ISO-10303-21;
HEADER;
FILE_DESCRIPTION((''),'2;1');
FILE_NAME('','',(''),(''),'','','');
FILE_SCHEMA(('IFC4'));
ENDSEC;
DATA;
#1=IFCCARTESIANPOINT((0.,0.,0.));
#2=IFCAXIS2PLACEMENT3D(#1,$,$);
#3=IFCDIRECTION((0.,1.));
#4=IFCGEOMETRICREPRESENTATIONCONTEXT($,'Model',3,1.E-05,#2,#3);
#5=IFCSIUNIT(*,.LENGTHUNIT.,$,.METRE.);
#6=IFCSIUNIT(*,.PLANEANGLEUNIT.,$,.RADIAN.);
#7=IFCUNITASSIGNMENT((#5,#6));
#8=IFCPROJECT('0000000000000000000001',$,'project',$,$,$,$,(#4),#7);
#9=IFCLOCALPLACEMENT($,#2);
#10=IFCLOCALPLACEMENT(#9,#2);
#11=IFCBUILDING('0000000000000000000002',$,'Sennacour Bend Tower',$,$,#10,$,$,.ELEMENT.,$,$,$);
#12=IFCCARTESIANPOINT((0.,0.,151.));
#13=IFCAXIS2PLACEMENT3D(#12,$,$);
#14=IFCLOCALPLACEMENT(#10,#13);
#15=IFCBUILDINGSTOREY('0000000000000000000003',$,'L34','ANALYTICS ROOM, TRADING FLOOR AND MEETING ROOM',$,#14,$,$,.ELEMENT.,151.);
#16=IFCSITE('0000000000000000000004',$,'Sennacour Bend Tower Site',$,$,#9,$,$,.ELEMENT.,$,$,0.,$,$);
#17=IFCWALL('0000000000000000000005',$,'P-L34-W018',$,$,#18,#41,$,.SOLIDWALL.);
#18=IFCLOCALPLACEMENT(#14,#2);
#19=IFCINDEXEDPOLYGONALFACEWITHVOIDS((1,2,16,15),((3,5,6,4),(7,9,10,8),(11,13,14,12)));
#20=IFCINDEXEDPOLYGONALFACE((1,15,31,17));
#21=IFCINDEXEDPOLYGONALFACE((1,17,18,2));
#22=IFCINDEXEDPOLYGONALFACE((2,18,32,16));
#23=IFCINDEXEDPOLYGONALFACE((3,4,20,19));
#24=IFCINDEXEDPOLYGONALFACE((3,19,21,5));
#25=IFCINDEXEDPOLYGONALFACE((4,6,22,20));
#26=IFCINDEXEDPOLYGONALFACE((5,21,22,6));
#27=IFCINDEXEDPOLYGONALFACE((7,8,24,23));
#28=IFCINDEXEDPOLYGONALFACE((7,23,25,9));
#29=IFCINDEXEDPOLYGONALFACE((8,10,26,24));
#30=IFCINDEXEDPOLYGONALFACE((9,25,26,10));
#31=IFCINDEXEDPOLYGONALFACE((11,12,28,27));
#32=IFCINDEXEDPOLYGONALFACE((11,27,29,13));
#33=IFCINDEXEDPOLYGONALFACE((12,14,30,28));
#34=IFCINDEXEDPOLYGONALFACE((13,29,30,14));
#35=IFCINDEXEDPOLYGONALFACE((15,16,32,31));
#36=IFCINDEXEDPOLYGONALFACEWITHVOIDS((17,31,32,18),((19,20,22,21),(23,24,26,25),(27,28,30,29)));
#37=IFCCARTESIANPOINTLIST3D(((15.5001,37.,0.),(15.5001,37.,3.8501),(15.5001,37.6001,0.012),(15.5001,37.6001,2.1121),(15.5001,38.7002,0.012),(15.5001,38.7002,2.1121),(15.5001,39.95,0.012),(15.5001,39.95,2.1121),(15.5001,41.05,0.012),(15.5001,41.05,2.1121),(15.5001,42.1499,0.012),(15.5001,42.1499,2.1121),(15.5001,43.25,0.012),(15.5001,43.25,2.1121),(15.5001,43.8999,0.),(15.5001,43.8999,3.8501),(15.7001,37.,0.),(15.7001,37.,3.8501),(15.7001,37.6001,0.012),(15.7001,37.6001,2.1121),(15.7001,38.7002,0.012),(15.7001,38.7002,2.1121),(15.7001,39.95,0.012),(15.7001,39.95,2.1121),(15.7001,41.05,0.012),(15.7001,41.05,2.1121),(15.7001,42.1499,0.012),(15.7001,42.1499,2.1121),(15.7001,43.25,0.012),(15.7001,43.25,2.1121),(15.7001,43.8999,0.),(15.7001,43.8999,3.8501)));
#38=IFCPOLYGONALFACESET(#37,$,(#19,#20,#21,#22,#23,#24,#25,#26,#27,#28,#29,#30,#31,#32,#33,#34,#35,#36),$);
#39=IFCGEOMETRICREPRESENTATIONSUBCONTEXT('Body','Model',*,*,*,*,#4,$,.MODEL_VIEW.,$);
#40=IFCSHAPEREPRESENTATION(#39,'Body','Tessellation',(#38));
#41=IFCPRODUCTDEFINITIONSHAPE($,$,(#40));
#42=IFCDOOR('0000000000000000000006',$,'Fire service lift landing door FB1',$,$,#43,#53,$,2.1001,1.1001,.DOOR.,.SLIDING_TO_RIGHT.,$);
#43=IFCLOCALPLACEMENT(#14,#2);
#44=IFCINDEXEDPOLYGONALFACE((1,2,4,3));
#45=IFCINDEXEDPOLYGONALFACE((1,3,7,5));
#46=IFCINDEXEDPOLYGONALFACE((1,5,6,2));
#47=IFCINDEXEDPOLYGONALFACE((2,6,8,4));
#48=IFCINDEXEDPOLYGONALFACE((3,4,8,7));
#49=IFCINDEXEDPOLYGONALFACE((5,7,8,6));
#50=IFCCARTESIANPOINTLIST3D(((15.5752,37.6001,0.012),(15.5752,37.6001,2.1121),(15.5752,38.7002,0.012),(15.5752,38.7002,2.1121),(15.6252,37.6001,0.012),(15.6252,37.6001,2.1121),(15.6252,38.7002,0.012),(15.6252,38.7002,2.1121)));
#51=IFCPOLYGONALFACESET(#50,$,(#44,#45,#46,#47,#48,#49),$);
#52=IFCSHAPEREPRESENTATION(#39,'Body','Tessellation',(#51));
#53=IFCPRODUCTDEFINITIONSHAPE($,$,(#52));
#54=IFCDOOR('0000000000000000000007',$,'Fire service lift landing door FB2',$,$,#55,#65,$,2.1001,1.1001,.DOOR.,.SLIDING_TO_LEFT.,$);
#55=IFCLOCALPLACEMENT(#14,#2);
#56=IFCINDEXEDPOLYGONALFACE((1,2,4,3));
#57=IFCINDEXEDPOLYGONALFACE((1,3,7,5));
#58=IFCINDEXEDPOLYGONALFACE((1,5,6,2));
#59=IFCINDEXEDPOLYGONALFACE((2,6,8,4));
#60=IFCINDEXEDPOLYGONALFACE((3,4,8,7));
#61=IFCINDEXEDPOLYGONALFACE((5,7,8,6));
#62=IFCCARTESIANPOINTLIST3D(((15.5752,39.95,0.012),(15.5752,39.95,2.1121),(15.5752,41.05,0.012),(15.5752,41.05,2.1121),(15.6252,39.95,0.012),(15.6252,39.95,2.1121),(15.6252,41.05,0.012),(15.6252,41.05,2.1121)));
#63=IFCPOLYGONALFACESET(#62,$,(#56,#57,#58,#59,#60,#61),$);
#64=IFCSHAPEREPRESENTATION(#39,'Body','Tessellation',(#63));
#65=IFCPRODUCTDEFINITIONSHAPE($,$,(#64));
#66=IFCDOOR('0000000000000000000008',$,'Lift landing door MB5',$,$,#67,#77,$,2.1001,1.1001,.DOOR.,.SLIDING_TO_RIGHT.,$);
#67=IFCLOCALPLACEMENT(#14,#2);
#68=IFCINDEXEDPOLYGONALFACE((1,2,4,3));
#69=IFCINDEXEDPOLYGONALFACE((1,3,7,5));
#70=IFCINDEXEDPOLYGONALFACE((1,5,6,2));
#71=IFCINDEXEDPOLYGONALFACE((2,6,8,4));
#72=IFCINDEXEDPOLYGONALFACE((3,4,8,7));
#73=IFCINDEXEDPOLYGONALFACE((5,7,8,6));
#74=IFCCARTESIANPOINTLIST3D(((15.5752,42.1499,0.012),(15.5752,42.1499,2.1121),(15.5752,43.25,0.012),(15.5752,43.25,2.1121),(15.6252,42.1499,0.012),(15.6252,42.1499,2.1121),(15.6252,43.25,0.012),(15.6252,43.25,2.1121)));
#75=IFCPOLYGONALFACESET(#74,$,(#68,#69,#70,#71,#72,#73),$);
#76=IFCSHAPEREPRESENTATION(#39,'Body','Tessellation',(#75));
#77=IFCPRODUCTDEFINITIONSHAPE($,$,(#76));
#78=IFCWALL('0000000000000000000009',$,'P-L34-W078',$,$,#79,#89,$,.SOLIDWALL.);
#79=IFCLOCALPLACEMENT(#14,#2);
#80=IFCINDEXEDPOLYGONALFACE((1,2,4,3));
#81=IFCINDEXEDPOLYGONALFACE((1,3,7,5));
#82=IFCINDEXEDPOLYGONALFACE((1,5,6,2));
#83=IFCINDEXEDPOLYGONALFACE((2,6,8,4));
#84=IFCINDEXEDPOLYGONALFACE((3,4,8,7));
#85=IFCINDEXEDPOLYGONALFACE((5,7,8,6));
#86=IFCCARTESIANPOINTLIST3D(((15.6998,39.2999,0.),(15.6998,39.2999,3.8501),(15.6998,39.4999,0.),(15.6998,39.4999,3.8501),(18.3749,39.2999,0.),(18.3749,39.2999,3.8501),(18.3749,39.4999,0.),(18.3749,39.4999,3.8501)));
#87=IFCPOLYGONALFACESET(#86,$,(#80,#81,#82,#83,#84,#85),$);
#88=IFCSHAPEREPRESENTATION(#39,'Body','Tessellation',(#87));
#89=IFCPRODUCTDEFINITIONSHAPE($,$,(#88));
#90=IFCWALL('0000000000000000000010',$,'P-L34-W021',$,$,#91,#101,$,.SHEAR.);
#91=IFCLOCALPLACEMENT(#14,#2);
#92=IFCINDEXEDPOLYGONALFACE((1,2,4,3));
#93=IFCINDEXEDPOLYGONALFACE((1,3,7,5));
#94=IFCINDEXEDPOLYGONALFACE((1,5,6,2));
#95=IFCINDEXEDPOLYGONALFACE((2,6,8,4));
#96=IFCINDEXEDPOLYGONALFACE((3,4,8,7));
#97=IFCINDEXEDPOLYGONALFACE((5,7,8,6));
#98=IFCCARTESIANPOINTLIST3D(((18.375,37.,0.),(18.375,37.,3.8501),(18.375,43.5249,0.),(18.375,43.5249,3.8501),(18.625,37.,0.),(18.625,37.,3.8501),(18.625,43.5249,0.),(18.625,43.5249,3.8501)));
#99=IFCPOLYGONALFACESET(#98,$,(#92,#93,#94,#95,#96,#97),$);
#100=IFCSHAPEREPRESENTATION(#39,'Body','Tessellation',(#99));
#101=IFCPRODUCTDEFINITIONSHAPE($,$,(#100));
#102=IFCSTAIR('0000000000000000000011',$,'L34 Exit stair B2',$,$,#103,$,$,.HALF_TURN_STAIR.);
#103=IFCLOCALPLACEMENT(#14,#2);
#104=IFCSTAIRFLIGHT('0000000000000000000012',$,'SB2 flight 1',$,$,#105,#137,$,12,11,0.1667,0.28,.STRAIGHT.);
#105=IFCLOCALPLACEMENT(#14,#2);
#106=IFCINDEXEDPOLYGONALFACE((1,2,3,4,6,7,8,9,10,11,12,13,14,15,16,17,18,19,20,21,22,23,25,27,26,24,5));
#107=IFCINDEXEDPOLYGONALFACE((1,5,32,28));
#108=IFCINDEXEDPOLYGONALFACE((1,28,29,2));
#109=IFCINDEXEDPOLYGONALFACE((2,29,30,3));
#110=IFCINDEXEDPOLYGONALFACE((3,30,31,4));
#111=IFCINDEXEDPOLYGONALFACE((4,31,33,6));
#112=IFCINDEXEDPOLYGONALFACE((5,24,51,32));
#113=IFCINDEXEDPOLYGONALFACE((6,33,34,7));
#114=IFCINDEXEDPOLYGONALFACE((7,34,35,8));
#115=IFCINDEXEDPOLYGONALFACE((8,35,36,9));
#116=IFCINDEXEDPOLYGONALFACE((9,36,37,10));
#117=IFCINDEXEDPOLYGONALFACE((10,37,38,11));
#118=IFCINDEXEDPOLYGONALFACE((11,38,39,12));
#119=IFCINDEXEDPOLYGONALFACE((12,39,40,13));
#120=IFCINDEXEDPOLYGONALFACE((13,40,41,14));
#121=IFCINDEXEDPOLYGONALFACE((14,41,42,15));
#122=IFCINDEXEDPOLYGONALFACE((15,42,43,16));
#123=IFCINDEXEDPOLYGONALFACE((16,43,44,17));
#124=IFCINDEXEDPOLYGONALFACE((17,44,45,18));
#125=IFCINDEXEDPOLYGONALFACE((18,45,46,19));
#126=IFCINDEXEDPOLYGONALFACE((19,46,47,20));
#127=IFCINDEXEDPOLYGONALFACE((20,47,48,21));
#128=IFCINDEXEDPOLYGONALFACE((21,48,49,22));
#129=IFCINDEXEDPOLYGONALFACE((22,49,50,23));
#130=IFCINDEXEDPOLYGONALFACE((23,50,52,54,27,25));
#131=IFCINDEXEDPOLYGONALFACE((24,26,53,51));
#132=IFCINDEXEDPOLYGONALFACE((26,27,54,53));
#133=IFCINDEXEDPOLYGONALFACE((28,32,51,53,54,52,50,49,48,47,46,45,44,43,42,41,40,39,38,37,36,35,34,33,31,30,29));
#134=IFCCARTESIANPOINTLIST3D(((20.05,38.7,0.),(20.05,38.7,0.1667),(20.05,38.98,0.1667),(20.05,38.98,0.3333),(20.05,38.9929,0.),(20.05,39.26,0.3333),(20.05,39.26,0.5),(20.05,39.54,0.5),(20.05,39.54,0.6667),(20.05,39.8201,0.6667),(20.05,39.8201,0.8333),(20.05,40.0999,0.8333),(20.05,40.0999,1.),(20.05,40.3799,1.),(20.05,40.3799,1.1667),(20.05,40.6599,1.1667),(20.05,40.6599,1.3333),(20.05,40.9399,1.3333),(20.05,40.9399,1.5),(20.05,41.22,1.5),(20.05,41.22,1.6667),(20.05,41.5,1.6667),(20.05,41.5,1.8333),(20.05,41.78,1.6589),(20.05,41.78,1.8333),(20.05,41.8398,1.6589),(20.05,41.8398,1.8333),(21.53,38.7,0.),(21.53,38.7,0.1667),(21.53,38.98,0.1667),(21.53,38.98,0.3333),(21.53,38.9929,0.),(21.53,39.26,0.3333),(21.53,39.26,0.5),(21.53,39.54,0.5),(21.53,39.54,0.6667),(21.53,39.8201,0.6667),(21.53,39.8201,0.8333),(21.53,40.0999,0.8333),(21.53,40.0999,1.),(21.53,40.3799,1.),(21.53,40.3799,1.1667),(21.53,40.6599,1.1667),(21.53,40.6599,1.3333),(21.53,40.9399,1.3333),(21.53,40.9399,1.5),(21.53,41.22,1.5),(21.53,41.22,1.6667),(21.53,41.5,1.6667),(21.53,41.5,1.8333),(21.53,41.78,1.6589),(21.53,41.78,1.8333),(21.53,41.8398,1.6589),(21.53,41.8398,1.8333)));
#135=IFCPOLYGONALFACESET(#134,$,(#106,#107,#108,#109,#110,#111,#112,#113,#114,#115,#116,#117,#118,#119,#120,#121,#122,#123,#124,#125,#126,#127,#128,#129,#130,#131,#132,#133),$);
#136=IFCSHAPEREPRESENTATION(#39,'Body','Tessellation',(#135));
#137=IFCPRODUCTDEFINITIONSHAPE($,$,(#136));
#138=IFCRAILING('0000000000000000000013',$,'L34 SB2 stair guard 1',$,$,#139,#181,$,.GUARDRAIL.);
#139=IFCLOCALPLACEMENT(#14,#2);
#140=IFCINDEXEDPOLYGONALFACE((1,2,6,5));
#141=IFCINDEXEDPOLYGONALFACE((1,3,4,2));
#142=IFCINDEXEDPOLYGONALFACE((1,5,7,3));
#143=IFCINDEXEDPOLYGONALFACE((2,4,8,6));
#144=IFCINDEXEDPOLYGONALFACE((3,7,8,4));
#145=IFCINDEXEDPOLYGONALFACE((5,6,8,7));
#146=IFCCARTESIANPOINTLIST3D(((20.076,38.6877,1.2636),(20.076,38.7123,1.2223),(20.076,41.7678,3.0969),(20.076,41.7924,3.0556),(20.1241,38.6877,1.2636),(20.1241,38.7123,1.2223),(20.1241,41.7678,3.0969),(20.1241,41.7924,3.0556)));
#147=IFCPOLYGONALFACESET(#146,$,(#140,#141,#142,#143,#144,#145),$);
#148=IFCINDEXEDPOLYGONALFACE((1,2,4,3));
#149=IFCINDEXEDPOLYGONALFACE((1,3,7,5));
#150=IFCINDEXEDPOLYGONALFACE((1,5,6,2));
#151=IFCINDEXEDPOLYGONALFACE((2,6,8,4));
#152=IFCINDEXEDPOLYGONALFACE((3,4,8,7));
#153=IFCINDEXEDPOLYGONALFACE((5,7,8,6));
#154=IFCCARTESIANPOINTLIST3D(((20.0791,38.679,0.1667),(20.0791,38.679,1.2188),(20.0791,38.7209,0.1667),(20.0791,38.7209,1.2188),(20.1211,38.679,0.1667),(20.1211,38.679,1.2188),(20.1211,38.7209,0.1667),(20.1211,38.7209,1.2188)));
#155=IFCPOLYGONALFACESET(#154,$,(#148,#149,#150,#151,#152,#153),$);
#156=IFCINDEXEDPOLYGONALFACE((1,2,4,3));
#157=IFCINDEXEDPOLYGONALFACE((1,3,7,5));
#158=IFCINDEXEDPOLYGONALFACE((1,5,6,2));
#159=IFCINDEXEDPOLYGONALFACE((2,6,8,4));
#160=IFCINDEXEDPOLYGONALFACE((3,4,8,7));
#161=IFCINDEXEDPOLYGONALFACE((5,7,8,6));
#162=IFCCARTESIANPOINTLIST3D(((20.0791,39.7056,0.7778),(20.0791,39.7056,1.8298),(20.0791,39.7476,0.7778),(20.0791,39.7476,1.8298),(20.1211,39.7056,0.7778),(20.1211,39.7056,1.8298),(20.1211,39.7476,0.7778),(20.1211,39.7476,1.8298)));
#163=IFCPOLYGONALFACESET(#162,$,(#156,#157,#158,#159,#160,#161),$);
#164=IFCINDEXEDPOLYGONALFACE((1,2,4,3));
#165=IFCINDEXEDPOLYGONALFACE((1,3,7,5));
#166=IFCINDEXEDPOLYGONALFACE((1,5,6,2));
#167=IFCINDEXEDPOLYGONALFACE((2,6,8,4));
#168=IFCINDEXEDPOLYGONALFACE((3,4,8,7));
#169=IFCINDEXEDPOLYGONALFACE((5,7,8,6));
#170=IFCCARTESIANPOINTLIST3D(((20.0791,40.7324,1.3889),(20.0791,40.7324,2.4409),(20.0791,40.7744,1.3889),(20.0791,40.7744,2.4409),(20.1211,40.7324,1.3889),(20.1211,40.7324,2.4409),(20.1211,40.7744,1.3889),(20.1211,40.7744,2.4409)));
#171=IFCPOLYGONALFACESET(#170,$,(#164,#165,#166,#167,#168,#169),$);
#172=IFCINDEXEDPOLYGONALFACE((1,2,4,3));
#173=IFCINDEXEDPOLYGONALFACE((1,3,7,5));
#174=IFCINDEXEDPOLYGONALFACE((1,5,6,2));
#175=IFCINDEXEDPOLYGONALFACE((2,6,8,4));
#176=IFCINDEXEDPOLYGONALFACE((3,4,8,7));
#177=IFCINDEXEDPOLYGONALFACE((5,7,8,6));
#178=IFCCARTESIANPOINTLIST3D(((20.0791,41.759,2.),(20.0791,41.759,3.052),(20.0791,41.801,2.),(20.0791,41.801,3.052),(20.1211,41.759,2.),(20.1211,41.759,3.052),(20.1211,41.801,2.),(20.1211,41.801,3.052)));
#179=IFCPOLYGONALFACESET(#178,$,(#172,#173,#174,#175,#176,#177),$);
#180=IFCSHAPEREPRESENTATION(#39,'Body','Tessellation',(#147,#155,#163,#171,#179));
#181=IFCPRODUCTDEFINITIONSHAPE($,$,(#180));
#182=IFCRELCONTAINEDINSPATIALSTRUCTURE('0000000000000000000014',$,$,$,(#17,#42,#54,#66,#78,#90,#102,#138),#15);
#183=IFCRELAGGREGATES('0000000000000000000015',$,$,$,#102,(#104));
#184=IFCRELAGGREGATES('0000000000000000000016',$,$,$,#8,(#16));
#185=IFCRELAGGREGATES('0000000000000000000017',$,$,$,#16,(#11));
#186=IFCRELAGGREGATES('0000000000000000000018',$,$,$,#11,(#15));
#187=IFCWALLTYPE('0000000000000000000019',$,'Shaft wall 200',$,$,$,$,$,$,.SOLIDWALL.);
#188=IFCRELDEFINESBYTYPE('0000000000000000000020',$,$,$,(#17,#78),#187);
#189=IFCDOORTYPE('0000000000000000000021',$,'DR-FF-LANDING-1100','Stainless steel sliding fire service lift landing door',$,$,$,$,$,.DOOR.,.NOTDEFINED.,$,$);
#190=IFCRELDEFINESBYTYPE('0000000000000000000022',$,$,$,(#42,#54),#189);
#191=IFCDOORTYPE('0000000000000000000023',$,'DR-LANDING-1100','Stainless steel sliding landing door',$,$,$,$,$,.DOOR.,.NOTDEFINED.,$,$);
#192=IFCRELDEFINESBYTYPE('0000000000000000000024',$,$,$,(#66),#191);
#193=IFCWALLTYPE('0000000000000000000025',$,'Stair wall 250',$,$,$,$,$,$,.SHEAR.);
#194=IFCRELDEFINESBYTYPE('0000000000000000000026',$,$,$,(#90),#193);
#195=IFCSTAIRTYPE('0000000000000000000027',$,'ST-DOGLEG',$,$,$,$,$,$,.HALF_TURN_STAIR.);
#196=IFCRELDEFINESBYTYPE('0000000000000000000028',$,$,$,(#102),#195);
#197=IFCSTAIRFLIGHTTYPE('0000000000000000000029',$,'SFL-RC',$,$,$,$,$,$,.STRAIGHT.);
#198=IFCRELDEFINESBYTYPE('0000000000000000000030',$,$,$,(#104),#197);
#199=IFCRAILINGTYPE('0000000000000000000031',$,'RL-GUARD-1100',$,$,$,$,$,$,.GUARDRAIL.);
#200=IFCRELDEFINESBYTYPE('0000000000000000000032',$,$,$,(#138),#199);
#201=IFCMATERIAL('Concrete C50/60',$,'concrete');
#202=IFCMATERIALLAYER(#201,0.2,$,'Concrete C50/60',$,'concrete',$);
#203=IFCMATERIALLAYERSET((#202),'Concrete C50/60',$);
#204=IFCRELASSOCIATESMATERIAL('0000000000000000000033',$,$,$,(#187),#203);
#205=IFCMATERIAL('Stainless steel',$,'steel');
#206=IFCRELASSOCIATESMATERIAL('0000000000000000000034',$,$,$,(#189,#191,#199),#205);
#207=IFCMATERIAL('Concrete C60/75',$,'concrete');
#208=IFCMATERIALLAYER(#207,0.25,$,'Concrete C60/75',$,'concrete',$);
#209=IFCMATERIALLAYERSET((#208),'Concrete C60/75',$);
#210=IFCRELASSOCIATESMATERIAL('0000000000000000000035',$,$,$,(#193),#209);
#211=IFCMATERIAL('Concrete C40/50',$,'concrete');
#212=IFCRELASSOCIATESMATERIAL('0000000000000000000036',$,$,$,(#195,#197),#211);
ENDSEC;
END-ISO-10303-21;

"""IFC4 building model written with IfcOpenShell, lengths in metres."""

from ifc_helpers import new_model, si_unit, direction, frame, frame_2d, origin, origin_2d, place, context, subcontext, project, spatial, polyline, rectangle, outline, extrude, material, layer, layer_set, type_object, element, fill, aggregate, save


model = new_model("IFC4")

# Units and contexts
model_context = context("Model", 3, precision=1e-05, world=origin(), true_north=direction((0.0, 1.0)))
body_context = subcontext(model_context, "Body", "Model", "MODEL_VIEW")
ifc_project = project(units=[si_unit("LENGTHUNIT", "METRE"), si_unit("PLANEANGLEUNIT", "RADIAN")], contexts=[model_context])

# Site, building, storey
site_placement = place(None, origin())
site = spatial("IfcSite", under=ifc_project, at=site_placement, Name="Sennacour Bend Tower Site", CompositionType="ELEMENT", RefElevation=0.0)
building_placement = place(site_placement, origin())
building = spatial("IfcBuilding", under=site, at=building_placement, Name="Sennacour Bend Tower", CompositionType="ELEMENT")
storey_placement = place(building_placement, frame((0.0, 0.0, 151.0)))
storey = spatial("IfcBuildingStorey", under=building, at=storey_placement, Name="L34", Description="ANALYTICS ROOM, TRADING FLOOR AND MEETING ROOM", CompositionType="ELEMENT", Elevation=151.0)

# Shared definitions
ifc_material_1 = material(Name="Concrete C60/75", Category="concrete")

# Shared definitions
ifc_material_2 = material(Name="Concrete C50/60", Category="concrete")
ifc_layer_1 = layer(ifc_material_2, 0.2, Name="Concrete C50/60", Category="concrete")
ifc_layer_set_1 = layer_set([ifc_layer_1], Name="Concrete C50/60")
wall_type_1 = type_object("IfcWallType", Name="Shaft wall 200", PredefinedType="SOLIDWALL", material=ifc_layer_set_1)

# Wall, openings, doors
wall_1_placement = place(storey_placement, frame((15.6001, 37.0, 0.0), z_axis=(0.0, 0.0, 1.0), x_axis=(0.0, 1.0, 0.0)))
wall_1 = element("IfcWall", 1, at=wall_1_placement, inside=storey, type_object=wall_type_1, Name="P-L34-W018", PredefinedType="SOLIDWALL", context=body_context, shape_type="SweptSolid", body=[
    extrude(rectangle(XDim=6.8999, YDim=0.2, at=frame_2d((3.45, 0.0))), origin(), (0.0, 0.0, 1.0), 3.8501),
])
opening_1_placement = place(wall_1_placement, frame((0.6001, 0.0, 0.012)))
opening_1 = element("IfcOpeningElement", 2, at=opening_1_placement, cuts=wall_1, PredefinedType="OPENING", context=body_context, shape_type="SweptSolid", body=[
    extrude(rectangle(XDim=1.1001, YDim=2.1001, at=frame_2d((0.55, 1.05))), frame((0.0, 0.1099, 0.0), z_axis=(0.0, -1.0, 0.0), x_axis=(1.0, 0.0, 0.0)), (0.0, 0.0, 1.0), 0.22),
])
opening_2_placement = place(wall_1_placement, frame((2.95, 0.0, 0.012)))
opening_2 = element("IfcOpeningElement", 3, at=opening_2_placement, cuts=wall_1, PredefinedType="OPENING", context=body_context, shape_type="SweptSolid", body=[
    extrude(rectangle(XDim=1.1001, YDim=2.1001, at=frame_2d((0.55, 1.05))), frame((0.0, 0.1099, 0.0), z_axis=(0.0, -1.0, 0.0), x_axis=(1.0, 0.0, 0.0)), (0.0, 0.0, 1.0), 0.22),
])
opening_3_placement = place(wall_1_placement, frame((5.1499, 0.0, 0.012)))
opening_3 = element("IfcOpeningElement", 4, at=opening_3_placement, cuts=wall_1, PredefinedType="OPENING", context=body_context, shape_type="SweptSolid", body=[
    extrude(rectangle(XDim=1.1001, YDim=2.1001, at=frame_2d((0.55, 1.05))), frame((0.0, 0.1099, 0.0), z_axis=(0.0, -1.0, 0.0), x_axis=(1.0, 0.0, 0.0)), (0.0, 0.0, 1.0), 0.22),
])
ifc_material_3 = material(Name="Stainless steel", Category="steel")
door_type_1 = type_object("IfcDoorType", Name="DR-FF-LANDING-1100", Description="Stainless steel sliding fire service lift landing door", OperationType="NOTDEFINED", PredefinedType="DOOR", material=ifc_material_3)
door_1_placement = place(opening_1_placement, origin())
door_1 = element("IfcDoor", 5, at=door_1_placement, inside=storey, type_object=door_type_1, Name="Fire service lift landing door FB1", OperationType="SLIDING_TO_RIGHT", OverallHeight=2.1001, OverallWidth=1.1001, PredefinedType="DOOR", context=body_context, shape_type="SweptSolid", body=[
    extrude(rectangle(XDim=1.1001, YDim=2.1001, at=frame_2d((0.55, 1.05))), frame((0.0, 0.0249, 0.0), z_axis=(0.0, -1.0, 0.0), x_axis=(1.0, 0.0, 0.0)), (0.0, 0.0, 1.0), 0.05),
])
fill(opening_1, door_1)
door_2_placement = place(opening_2_placement, origin())
door_2 = element("IfcDoor", 6, at=door_2_placement, inside=storey, type_object=door_type_1, Name="Fire service lift landing door FB2", OperationType="SLIDING_TO_LEFT", OverallHeight=2.1001, OverallWidth=1.1001, PredefinedType="DOOR", context=body_context, shape_type="SweptSolid", body=[
    extrude(rectangle(XDim=1.1001, YDim=2.1001, at=frame_2d((0.55, 1.05))), frame((0.0, 0.0249, 0.0), z_axis=(0.0, -1.0, 0.0), x_axis=(1.0, 0.0, 0.0)), (0.0, 0.0, 1.0), 0.05),
])
fill(opening_2, door_2)
door_type_2 = type_object("IfcDoorType", Name="DR-LANDING-1100", Description="Stainless steel sliding landing door", OperationType="NOTDEFINED", PredefinedType="DOOR", material=ifc_material_3)
door_3_placement = place(opening_3_placement, origin())
door_3 = element("IfcDoor", 7, at=door_3_placement, inside=storey, type_object=door_type_2, Name="Lift landing door MB5", OperationType="SLIDING_TO_RIGHT", OverallHeight=2.1001, OverallWidth=1.1001, PredefinedType="DOOR", context=body_context, shape_type="SweptSolid", body=[
    extrude(rectangle(XDim=1.1001, YDim=2.1001, at=frame_2d((0.55, 1.05))), frame((0.0, 0.0249, 0.0), z_axis=(0.0, -1.0, 0.0), x_axis=(1.0, 0.0, 0.0)), (0.0, 0.0, 1.0), 0.05),
])
fill(opening_3, door_3)

# Walls
wall_2_placement = place(storey_placement, frame((15.7, 39.3999, 0.0), z_axis=(0.0, 0.0, 1.0), x_axis=(1.0, 0.0, 0.0)))
element("IfcWall", 8, at=wall_2_placement, inside=storey, type_object=wall_type_1, Name="P-L34-W078", PredefinedType="SOLIDWALL", context=body_context, shape_type="SweptSolid", body=[
    extrude(rectangle(XDim=2.675, YDim=0.2, at=frame_2d((1.3374, 0.0))), origin(), (0.0, 0.0, 1.0), 3.8501),
])
ifc_layer_2 = layer(ifc_material_1, 0.25, Name="Concrete C60/75", Category="concrete")
ifc_layer_set_2 = layer_set([ifc_layer_2], Name="Concrete C60/75")
wall_type_2 = type_object("IfcWallType", Name="Stair wall 250", PredefinedType="SHEAR", material=ifc_layer_set_2)
wall_3_placement = place(storey_placement, frame((18.5, 37.0, 0.0), z_axis=(0.0, 0.0, 1.0), x_axis=(0.0, 1.0, 0.0)))
element("IfcWall", 9, at=wall_3_placement, inside=storey, type_object=wall_type_2, Name="P-L34-W021", PredefinedType="SHEAR", context=body_context, shape_type="SweptSolid", body=[
    extrude(rectangle(XDim=6.5249, YDim=0.25, at=frame_2d((3.2625, 0.0))), origin(), (0.0, 0.0, 1.0), 3.8501),
])

# Stair, stair flight
ifc_material_4 = material(Name="Concrete C40/50", Category="concrete")
stair_type = type_object("IfcStairType", Name="ST-DOGLEG", PredefinedType="HALF_TURN_STAIR", material=ifc_material_4)
stair_placement = place(storey_placement, origin())
stair = element("IfcStair", 10, at=stair_placement, inside=storey, type_object=stair_type, Name="L34 Exit stair B2", PredefinedType="HALF_TURN_STAIR")
stair_flight_type = type_object("IfcStairFlightType", Name="SFL-RC", PredefinedType="STRAIGHT", material=ifc_material_4)
stair_flight_placement = place(storey_placement, frame((20.79, 38.7, 0.0), z_axis=(0.0, 0.0, 1.0), x_axis=(0.0, 1.0, 0.0)))
stair_flight = element("IfcStairFlight", 11, at=stair_flight_placement, type_object=stair_flight_type, Name="SB2 flight 1", NumberOfRisers=12, NumberOfTreads=11, PredefinedType="STRAIGHT", RiserHeight=0.1667, TreadLength=0.28, context=body_context, shape_type="SweptSolid", body=[
    extrude(outline(polyline([(0.0, 0.0), (0.0, 0.1667), (0.28, 0.1667), (0.28, 0.3333), (0.5601, 0.3333), (0.5601, 0.5), (0.8401, 0.5), (0.8401, 0.6667), (1.1201, 0.6667), (1.1201, 0.8333), (1.3999, 0.8333), (1.3999, 1.0), (1.6799, 1.0), (1.6799, 1.1667), (1.96, 1.1667), (1.96, 1.3333), (2.24, 1.3333), (2.24, 1.5), (2.52, 1.5), (2.52, 1.6667), (2.8, 1.6667), (2.8, 1.8333), (3.0801, 1.8333), (3.1399, 1.8333), (3.1399, 1.6589), (3.0801, 1.6589), (0.293, 0.0), (0.0, 0.0)])), frame((0.0, 0.74, 0.0), z_axis=(0.0, -1.0, 0.0), x_axis=(1.0, 0.0, 0.0)), (0.0, 0.0, 1.0), 1.48),
])
aggregate(stair, [stair_flight])

# Railing
railing_type_1 = type_object("IfcRailingType", Name="RL-GUARD-1100", PredefinedType="GUARDRAIL", material=ifc_material_3)
railing_1_placement = place(storey_placement, frame((20.1001, 38.7, 0.1667)))
element("IfcRailing", 12, at=railing_1_placement, inside=storey, type_object=railing_type_1, Name="L34 SB2 stair guard 1", PredefinedType="GUARDRAIL", context=body_context, shape_type="SweptSolid", body=[
    extrude(rectangle(XDim=0.0481, YDim=0.0481, at=origin_2d()), frame((0.0, 0.0, 1.0762), z_axis=(0.0, 0.859309, 0.511458), x_axis=(-1.0, 0.0, 0.0)), (0.0, 0.0, 1.0), 3.5845),
    extrude(rectangle(XDim=0.042, YDim=0.042, at=origin_2d()), origin(), (0.0, 0.0, 1.0), 1.052),
    extrude(rectangle(XDim=0.042, YDim=0.042, at=origin_2d()), frame((0.0, 1.0266, 0.6111)), (0.0, 0.0, 1.0), 1.052),
    extrude(rectangle(XDim=0.042, YDim=0.042, at=origin_2d()), frame((0.0, 2.0535, 1.2222)), (0.0, 0.0, 1.0), 1.052),
    extrude(rectangle(XDim=0.042, YDim=0.042, at=origin_2d()), frame((0.0, 3.0801, 1.8333)), (0.0, 0.0, 1.0), 1.052),
])

save(model, "model.ifc")
